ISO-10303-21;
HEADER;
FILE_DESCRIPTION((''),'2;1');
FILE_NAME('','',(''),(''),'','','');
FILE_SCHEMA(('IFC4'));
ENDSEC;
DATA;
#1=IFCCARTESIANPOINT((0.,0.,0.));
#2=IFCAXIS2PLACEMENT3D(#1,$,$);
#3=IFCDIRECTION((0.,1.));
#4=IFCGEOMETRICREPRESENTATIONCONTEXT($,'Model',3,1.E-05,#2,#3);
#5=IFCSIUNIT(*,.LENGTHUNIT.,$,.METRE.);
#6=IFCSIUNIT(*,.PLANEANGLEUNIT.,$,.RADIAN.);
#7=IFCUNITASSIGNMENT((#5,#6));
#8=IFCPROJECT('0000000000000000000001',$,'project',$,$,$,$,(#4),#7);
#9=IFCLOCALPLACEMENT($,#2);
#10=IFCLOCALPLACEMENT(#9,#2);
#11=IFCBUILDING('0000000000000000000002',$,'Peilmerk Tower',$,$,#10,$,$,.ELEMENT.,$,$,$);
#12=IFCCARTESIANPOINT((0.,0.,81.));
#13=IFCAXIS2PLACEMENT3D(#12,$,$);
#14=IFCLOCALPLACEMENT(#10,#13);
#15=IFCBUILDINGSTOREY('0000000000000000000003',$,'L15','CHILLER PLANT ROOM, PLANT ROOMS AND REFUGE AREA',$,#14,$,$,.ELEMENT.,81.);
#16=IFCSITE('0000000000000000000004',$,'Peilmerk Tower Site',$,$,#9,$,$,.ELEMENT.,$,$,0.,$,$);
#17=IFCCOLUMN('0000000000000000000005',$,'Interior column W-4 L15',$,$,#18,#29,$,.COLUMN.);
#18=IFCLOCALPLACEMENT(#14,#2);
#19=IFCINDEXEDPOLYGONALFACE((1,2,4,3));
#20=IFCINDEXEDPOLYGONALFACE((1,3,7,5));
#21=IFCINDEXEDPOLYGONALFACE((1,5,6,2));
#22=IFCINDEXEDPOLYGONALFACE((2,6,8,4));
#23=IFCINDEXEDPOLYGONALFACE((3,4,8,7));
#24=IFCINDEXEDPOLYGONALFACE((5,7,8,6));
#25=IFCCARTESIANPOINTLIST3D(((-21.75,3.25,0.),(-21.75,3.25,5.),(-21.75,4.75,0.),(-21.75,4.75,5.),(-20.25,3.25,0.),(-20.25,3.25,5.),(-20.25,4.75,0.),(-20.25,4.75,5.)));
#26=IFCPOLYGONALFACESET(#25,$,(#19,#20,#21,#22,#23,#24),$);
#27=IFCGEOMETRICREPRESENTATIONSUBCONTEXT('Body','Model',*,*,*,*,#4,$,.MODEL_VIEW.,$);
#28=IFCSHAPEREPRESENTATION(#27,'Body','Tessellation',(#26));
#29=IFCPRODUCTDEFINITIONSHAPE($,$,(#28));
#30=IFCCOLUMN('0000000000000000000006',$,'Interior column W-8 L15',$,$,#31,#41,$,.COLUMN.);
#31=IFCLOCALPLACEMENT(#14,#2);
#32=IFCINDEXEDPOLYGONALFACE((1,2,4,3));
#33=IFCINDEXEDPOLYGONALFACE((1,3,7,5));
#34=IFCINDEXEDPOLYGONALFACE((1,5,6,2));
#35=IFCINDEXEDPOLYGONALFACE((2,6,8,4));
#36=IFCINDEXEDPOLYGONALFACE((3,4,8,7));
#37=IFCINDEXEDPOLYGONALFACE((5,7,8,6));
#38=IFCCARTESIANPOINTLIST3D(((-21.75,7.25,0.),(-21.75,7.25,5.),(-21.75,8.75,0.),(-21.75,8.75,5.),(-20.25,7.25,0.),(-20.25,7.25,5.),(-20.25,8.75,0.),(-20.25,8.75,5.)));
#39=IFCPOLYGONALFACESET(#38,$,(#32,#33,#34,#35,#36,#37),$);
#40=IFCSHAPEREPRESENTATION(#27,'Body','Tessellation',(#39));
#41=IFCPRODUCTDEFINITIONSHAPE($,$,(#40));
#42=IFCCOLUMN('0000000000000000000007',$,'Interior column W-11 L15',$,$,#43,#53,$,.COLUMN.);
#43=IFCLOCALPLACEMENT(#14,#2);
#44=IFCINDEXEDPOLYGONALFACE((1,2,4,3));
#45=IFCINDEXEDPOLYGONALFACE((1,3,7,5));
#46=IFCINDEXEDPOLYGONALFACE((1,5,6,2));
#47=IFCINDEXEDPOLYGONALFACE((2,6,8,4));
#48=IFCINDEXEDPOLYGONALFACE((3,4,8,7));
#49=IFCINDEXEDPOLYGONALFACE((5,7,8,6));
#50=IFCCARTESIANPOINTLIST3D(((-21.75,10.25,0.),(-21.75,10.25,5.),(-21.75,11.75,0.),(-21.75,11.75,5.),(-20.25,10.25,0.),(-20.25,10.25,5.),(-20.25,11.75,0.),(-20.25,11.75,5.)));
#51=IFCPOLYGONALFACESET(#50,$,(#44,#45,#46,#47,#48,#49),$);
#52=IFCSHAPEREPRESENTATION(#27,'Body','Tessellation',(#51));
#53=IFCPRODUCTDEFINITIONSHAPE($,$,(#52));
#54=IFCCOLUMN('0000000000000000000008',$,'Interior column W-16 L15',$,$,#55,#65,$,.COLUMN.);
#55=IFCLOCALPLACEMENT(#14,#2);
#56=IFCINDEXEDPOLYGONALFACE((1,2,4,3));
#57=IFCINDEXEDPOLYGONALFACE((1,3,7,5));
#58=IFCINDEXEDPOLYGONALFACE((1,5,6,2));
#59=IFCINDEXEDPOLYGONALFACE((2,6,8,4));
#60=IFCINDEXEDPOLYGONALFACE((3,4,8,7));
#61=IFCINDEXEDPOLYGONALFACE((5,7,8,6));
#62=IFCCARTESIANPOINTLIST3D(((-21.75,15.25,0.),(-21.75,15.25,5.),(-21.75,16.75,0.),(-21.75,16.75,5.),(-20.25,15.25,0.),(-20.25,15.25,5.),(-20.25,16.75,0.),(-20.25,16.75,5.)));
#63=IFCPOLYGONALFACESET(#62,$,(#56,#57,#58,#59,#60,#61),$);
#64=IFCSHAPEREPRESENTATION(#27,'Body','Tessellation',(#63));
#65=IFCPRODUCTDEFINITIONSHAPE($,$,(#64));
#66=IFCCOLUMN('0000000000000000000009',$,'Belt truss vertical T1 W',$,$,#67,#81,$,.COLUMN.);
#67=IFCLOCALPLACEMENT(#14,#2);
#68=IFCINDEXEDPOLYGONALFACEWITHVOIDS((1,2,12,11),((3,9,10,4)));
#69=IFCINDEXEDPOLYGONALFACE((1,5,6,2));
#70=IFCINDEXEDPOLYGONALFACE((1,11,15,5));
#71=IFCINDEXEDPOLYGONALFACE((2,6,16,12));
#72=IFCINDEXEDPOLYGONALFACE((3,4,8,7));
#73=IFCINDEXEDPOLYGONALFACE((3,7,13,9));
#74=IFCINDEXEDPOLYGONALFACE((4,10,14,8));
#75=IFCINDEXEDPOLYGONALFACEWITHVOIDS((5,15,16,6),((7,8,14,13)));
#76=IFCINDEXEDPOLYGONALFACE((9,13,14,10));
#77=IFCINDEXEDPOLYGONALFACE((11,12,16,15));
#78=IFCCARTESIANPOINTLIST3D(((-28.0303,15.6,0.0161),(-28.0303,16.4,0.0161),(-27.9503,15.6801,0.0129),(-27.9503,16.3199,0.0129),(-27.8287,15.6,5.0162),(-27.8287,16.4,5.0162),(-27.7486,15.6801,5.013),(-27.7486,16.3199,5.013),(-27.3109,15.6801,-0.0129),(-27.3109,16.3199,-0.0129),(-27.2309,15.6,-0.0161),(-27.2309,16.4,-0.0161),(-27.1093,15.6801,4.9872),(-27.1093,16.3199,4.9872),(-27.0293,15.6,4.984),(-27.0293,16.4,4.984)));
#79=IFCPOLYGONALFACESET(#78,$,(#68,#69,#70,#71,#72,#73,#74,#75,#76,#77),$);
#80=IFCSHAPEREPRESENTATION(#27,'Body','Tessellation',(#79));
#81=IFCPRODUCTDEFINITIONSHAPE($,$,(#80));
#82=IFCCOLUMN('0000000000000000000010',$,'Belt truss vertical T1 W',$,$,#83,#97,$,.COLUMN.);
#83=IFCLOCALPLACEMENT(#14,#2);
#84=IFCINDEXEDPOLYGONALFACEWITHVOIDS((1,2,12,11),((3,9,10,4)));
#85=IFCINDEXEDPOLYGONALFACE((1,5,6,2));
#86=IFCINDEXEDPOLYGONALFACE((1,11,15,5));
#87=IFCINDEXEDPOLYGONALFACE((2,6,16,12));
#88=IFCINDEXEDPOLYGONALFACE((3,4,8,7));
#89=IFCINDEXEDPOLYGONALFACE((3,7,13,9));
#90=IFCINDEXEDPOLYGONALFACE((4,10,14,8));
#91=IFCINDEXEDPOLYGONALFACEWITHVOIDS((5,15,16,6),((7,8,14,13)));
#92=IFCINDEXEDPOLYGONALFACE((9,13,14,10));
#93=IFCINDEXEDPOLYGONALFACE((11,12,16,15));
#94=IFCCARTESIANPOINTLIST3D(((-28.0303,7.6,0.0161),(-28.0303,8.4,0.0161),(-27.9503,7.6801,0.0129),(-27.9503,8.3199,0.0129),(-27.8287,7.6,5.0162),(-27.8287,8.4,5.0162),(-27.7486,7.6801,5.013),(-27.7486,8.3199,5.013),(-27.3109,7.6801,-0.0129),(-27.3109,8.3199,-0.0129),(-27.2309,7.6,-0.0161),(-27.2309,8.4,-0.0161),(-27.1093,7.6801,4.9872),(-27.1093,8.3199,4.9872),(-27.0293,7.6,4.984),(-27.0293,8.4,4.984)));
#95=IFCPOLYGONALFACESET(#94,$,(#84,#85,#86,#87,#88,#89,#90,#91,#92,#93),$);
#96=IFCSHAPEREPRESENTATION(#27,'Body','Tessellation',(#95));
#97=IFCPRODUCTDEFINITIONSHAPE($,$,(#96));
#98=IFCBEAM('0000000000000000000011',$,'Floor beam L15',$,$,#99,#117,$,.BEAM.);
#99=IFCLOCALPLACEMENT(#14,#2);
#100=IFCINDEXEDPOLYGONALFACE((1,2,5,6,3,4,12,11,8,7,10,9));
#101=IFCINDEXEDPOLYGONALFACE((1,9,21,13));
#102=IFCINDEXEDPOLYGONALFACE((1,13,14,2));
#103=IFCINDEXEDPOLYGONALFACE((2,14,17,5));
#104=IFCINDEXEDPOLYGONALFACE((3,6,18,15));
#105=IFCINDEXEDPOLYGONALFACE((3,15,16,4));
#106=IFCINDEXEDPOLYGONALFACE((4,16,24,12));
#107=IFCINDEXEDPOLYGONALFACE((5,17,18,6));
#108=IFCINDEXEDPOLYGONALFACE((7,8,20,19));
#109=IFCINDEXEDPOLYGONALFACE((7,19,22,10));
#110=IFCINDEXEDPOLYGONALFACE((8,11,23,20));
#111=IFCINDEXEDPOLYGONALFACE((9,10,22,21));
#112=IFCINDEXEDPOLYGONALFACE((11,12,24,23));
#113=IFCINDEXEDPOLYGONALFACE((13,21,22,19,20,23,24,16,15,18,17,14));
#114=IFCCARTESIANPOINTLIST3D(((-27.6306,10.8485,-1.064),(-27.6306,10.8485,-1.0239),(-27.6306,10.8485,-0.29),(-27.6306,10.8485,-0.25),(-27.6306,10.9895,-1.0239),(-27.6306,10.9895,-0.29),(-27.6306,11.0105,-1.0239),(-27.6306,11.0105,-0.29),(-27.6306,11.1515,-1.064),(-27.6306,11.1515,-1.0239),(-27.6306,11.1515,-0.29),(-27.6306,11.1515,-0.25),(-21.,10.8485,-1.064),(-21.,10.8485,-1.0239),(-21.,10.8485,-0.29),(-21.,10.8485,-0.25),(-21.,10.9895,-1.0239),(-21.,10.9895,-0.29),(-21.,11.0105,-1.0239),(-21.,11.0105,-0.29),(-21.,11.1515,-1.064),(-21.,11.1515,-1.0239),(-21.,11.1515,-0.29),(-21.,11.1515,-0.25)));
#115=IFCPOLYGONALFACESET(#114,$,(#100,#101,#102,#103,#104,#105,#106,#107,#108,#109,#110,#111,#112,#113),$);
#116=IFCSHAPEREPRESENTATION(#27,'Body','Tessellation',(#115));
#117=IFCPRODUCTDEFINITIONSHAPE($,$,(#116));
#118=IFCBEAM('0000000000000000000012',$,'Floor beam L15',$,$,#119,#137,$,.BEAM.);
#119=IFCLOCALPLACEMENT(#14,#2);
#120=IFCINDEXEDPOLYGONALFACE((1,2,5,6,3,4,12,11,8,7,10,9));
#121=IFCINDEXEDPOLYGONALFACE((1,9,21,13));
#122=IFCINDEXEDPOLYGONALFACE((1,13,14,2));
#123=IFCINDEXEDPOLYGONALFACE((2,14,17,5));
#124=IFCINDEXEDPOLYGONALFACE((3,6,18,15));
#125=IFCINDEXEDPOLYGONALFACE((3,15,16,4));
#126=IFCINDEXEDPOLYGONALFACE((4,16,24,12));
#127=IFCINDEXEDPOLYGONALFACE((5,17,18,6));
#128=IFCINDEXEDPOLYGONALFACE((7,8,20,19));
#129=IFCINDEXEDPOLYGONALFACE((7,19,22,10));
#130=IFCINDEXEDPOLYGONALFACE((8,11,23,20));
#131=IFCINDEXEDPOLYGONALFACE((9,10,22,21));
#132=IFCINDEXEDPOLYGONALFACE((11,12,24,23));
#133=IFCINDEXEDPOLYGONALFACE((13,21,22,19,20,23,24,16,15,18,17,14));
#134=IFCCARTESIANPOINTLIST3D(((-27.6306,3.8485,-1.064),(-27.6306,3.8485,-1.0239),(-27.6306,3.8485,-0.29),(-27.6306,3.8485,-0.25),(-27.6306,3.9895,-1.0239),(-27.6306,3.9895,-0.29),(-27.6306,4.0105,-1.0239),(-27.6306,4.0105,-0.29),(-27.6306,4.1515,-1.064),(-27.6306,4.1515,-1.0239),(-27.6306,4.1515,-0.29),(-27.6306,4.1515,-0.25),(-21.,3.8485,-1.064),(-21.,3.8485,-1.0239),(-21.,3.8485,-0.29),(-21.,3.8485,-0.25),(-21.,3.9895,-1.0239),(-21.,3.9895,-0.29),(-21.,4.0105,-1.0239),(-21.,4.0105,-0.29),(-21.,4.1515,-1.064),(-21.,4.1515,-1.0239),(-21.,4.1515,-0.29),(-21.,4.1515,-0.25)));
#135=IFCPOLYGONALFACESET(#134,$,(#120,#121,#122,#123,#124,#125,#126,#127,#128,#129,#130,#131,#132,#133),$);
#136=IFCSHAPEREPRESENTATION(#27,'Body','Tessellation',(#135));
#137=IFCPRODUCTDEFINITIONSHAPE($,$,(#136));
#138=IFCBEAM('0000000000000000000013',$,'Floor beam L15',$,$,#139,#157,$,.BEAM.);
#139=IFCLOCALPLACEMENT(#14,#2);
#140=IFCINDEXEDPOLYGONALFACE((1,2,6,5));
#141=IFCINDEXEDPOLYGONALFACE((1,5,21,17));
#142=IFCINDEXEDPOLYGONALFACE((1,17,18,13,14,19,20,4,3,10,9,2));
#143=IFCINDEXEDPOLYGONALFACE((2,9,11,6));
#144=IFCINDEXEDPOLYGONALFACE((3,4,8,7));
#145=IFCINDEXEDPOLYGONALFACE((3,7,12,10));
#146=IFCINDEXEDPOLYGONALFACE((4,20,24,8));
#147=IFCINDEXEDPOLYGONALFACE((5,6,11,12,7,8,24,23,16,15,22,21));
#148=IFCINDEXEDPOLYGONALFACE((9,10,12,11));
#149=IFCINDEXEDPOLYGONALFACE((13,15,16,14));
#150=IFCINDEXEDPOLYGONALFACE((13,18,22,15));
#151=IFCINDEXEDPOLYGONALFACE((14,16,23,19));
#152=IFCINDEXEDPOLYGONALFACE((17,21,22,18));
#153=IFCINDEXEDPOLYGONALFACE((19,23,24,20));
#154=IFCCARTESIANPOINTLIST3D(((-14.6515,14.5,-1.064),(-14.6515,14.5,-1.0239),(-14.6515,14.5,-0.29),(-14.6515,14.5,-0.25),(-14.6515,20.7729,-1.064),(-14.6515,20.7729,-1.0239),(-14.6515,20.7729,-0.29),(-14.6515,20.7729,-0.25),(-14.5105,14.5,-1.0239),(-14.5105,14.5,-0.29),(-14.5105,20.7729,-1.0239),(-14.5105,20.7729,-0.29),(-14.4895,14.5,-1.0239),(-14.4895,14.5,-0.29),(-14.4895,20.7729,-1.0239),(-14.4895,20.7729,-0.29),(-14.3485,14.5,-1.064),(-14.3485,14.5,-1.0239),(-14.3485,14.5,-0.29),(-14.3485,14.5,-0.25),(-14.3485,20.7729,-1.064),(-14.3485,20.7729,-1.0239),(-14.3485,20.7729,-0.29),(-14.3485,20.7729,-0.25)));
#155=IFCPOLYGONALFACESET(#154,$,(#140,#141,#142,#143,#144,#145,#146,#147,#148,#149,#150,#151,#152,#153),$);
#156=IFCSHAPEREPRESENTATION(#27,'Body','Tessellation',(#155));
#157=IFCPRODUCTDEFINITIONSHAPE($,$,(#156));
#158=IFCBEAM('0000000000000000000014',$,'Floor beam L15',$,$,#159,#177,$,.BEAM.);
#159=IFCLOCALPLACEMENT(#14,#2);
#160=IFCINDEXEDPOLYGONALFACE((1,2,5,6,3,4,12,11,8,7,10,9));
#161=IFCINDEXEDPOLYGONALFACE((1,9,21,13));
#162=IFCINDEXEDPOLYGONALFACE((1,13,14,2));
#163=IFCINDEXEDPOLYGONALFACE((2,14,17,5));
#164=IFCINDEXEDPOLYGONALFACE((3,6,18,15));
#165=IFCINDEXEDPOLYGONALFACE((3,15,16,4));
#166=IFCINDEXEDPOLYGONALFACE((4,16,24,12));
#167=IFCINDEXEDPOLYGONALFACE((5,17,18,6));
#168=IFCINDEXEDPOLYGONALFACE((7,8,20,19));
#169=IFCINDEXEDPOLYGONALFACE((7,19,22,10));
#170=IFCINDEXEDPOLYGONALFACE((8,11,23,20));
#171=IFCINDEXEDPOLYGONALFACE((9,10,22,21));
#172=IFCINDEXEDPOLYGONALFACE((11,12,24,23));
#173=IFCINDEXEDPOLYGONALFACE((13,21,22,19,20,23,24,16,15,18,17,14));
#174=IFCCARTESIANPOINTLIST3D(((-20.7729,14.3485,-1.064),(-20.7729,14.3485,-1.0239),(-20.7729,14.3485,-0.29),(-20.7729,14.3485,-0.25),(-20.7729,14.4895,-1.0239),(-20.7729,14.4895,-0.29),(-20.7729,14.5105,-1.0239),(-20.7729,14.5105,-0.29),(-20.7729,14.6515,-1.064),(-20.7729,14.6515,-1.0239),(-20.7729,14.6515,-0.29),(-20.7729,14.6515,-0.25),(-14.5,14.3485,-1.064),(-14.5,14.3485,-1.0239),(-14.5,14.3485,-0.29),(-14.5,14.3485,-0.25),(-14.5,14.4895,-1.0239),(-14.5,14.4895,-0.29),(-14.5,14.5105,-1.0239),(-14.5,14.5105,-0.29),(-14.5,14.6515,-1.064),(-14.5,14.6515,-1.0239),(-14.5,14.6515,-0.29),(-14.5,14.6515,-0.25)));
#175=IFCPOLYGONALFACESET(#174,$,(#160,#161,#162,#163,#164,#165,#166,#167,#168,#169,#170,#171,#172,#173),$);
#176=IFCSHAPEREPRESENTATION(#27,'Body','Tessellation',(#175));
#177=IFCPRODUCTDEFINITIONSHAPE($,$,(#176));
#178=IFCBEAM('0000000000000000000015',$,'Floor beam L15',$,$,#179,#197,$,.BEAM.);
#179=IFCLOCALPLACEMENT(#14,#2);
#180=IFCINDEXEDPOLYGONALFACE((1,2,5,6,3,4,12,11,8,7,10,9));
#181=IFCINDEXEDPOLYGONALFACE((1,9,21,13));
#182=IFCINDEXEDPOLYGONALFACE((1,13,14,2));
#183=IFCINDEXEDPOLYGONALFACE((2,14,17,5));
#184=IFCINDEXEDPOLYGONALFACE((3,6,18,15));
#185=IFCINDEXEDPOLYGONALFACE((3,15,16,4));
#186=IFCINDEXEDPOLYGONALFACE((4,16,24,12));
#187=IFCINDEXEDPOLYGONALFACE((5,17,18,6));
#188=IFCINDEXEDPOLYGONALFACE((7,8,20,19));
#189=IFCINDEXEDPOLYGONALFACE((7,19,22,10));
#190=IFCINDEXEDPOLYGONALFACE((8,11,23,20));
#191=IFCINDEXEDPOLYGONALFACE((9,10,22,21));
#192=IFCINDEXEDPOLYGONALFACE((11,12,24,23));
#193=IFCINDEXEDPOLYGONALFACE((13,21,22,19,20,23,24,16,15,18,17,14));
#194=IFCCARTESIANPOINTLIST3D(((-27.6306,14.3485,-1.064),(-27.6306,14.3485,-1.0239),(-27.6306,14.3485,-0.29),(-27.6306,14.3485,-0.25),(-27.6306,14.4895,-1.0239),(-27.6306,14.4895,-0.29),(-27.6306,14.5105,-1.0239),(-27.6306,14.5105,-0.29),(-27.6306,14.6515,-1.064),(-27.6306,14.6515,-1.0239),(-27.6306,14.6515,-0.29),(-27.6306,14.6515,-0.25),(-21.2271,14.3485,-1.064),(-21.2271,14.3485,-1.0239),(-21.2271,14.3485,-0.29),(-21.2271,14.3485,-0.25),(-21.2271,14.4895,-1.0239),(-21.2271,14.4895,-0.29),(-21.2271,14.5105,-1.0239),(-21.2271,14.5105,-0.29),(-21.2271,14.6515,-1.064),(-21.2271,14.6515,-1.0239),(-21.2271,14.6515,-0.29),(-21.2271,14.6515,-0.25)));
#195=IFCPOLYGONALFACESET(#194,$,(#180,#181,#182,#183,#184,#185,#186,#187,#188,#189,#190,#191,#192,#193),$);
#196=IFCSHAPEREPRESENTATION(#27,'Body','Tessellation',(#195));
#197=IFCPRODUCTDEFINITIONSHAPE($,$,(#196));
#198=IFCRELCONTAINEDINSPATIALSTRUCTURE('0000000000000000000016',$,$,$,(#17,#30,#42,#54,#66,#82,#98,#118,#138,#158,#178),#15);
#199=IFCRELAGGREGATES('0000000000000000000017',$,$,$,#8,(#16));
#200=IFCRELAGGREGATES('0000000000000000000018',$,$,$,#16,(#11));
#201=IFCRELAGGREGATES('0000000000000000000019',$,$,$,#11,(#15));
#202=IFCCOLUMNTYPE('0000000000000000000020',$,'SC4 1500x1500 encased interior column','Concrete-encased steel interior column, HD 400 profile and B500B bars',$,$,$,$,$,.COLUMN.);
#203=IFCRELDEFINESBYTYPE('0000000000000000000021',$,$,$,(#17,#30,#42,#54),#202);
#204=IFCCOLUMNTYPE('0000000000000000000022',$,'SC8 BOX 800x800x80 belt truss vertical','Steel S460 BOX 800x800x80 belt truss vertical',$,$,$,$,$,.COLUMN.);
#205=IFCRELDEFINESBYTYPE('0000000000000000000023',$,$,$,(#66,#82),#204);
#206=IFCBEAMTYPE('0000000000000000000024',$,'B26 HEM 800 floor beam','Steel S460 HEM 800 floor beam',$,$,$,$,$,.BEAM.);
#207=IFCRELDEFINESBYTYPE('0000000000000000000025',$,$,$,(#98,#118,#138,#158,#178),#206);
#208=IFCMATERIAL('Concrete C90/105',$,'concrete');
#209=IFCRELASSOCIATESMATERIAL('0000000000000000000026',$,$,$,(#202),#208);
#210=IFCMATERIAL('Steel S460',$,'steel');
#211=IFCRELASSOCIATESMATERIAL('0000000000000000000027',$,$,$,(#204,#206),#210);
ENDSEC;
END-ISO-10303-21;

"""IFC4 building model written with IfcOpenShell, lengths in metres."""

from ifc_helpers import new_model, si_unit, direction, frame, origin, origin_2d, place, context, subcontext, project, spatial, rectangle, hollow_rectangle, i_section, extrude, material, material_profile, profile_set, type_object, element, save


model = new_model("IFC4")

# Units and contexts
model_context = context("Model", 3, precision=1e-05, world=origin(), true_north=direction((0.0, 1.0)))
body_context = subcontext(model_context, "Body", "Model", "MODEL_VIEW")
ifc_project = project(units=[si_unit("LENGTHUNIT", "METRE"), si_unit("PLANEANGLEUNIT", "RADIAN")], contexts=[model_context])

# Site, building, storey
site_placement = place(None, origin())
site = spatial("IfcSite", under=ifc_project, at=site_placement, Name="Peilmerk Tower Site", CompositionType="ELEMENT", RefElevation=0.0)
building_placement = place(site_placement, origin())
building = spatial("IfcBuilding", under=site, at=building_placement, Name="Peilmerk Tower", CompositionType="ELEMENT")
storey_placement = place(building_placement, frame((0.0, 0.0, 81.0)))
storey = spatial("IfcBuildingStorey", under=building, at=storey_placement, Name="L15", Description="CHILLER PLANT ROOM, PLANT ROOMS AND REFUGE AREA", CompositionType="ELEMENT", Elevation=81.0)

# Columns
ifc_material_1 = material(Name="Concrete C90/105", Category="concrete")
ifc_material_profile_1 = material_profile(ifc_material_1, rectangle(XDim=1.5, YDim=1.5, at=origin_2d()), Name="RC 1500x1500")
ifc_profile_set_1 = profile_set([ifc_material_profile_1], Name="Concrete C90/105")
column_type_1 = type_object("IfcColumnType", Name="SC4 1500x1500 encased interior column", Description="Concrete-encased steel interior column, HD 400 profile and B500B bars", PredefinedType="COLUMN", material=ifc_profile_set_1)
for number, where, z_axis, x_axis, name in (
    (1, (-21.0, 4.0, 0.0), (0.0, 0.0, 1.0), (1.0, 0.0, 0.0), "Interior column W-4 L15"),
    (2, (-21.0, 8.0, 0.0), (0.0, 0.0, 1.0), (1.0, 0.0, 0.0), "Interior column W-8 L15"),
    (3, (-21.0, 11.0, 0.0), (0.0, 0.0, 1.0), (1.0, 0.0, 0.0), "Interior column W-11 L15"),
    (4, (-21.0, 16.0, 0.0), (0.0, 0.0, 1.0), (1.0, 0.0, 0.0), "Interior column W-16 L15"),
):
    element("IfcColumn", number, at=place(storey_placement, frame(where, z_axis=z_axis, x_axis=x_axis)), inside=storey, type_object=column_type_1, Name=name, PredefinedType="COLUMN", context=body_context, shape_type="SweptSolid", body=[
        extrude(rectangle(XDim=1.5, YDim=1.5, at=origin_2d()), origin(), (0.0, 0.0, 1.0), 5.0),
    ])
ifc_material_2 = material(Name="Steel S460", Category="steel")
ifc_material_profile_2 = material_profile(ifc_material_2, hollow_rectangle(XDim=0.8, YDim=0.8, WallThickness=0.0801, at=origin_2d()), Name="BOX 800x800x80")
ifc_profile_set_2 = profile_set([ifc_material_profile_2], Name="Steel S460")
column_type_2 = type_object("IfcColumnType", Name="SC8 BOX 800x800x80 belt truss vertical", Description="Steel S460 BOX 800x800x80 belt truss vertical", PredefinedType="COLUMN", material=ifc_profile_set_2)
for number, where, z_axis, x_axis, name in (
    (5, (-27.6306, 16.0, 0.0), (0.040299, 0.0, 0.999188), (0.0, 1.0, 0.0), "Belt truss vertical T1 W"),
    (6, (-27.6306, 8.0, 0.0), (0.040299, 0.0, 0.999188), (0.0, 1.0, 0.0), "Belt truss vertical T1 W"),
):
    element("IfcColumn", number, at=place(storey_placement, frame(where, z_axis=z_axis, x_axis=x_axis)), inside=storey, type_object=column_type_2, Name=name, PredefinedType="COLUMN", context=body_context, shape_type="SweptSolid", body=[
        extrude(hollow_rectangle(XDim=0.8, YDim=0.8, WallThickness=0.0801, at=origin_2d()), origin(), (0.0, 0.0, 1.0), 5.0042),
    ])

# Beams
ifc_material_profile_3 = material_profile(ifc_material_2, i_section(OverallWidth=0.303, OverallDepth=0.814, WebThickness=0.021, FlangeThickness=0.04, at=origin_2d()), Name="HEM 800")
ifc_profile_set_3 = profile_set([ifc_material_profile_3], Name="Steel S460")
beam_type_1 = type_object("IfcBeamType", Name="B26 HEM 800 floor beam", Description="Steel S460 HEM 800 floor beam", PredefinedType="BEAM", material=ifc_profile_set_3)
for number, where, z_axis, x_axis, name in (
    (7, (-21.0, 11.0, -0.657), (-1.0, 0.0, 0.0), (0.0, -1.0, 0.0), "Floor beam L15"),
    (8, (-21.0, 4.0, -0.657), (-1.0, 0.0, 0.0), (0.0, -1.0, 0.0), "Floor beam L15"),
):
    element("IfcBeam", number, at=place(storey_placement, frame(where, z_axis=z_axis, x_axis=x_axis)), inside=storey, type_object=beam_type_1, Name=name, PredefinedType="BEAM", context=body_context, shape_type="SweptSolid", body=[
        extrude(i_section(OverallWidth=0.303, OverallDepth=0.814, WebThickness=0.021, FlangeThickness=0.04, at=origin_2d()), origin(), (0.0, 0.0, 1.0), 6.6306),
    ])
for number, where, z_axis, x_axis, name in (
    (9, (-14.5, 14.5, -0.657), (0.0, 1.0, 0.0), (-1.0, 0.0, 0.0), "Floor beam L15"),
    (10, (-14.5, 14.5, -0.657), (-1.0, 0.0, 0.0), (0.0, -1.0, 0.0), "Floor beam L15"),
):
    element("IfcBeam", number, at=place(storey_placement, frame(where, z_axis=z_axis, x_axis=x_axis)), inside=storey, type_object=beam_type_1, Name=name, PredefinedType="BEAM", context=body_context, shape_type="SweptSolid", body=[
        extrude(i_section(OverallWidth=0.303, OverallDepth=0.814, WebThickness=0.021, FlangeThickness=0.04, at=origin_2d()), origin(), (0.0, 0.0, 1.0), 6.2729),
    ])
beam_1_placement = place(storey_placement, frame((-21.2271, 14.5, -0.657), z_axis=(-1.0, 0.0, 0.0), x_axis=(0.0, -1.0, 0.0)))
element("IfcBeam", 11, at=beam_1_placement, inside=storey, type_object=beam_type_1, Name="Floor beam L15", PredefinedType="BEAM", context=body_context, shape_type="SweptSolid", body=[
    extrude(i_section(OverallWidth=0.303, OverallDepth=0.814, WebThickness=0.021, FlangeThickness=0.04, at=origin_2d()), origin(), (0.0, 0.0, 1.0), 6.4036),
])

save(model, "model.ifc")
